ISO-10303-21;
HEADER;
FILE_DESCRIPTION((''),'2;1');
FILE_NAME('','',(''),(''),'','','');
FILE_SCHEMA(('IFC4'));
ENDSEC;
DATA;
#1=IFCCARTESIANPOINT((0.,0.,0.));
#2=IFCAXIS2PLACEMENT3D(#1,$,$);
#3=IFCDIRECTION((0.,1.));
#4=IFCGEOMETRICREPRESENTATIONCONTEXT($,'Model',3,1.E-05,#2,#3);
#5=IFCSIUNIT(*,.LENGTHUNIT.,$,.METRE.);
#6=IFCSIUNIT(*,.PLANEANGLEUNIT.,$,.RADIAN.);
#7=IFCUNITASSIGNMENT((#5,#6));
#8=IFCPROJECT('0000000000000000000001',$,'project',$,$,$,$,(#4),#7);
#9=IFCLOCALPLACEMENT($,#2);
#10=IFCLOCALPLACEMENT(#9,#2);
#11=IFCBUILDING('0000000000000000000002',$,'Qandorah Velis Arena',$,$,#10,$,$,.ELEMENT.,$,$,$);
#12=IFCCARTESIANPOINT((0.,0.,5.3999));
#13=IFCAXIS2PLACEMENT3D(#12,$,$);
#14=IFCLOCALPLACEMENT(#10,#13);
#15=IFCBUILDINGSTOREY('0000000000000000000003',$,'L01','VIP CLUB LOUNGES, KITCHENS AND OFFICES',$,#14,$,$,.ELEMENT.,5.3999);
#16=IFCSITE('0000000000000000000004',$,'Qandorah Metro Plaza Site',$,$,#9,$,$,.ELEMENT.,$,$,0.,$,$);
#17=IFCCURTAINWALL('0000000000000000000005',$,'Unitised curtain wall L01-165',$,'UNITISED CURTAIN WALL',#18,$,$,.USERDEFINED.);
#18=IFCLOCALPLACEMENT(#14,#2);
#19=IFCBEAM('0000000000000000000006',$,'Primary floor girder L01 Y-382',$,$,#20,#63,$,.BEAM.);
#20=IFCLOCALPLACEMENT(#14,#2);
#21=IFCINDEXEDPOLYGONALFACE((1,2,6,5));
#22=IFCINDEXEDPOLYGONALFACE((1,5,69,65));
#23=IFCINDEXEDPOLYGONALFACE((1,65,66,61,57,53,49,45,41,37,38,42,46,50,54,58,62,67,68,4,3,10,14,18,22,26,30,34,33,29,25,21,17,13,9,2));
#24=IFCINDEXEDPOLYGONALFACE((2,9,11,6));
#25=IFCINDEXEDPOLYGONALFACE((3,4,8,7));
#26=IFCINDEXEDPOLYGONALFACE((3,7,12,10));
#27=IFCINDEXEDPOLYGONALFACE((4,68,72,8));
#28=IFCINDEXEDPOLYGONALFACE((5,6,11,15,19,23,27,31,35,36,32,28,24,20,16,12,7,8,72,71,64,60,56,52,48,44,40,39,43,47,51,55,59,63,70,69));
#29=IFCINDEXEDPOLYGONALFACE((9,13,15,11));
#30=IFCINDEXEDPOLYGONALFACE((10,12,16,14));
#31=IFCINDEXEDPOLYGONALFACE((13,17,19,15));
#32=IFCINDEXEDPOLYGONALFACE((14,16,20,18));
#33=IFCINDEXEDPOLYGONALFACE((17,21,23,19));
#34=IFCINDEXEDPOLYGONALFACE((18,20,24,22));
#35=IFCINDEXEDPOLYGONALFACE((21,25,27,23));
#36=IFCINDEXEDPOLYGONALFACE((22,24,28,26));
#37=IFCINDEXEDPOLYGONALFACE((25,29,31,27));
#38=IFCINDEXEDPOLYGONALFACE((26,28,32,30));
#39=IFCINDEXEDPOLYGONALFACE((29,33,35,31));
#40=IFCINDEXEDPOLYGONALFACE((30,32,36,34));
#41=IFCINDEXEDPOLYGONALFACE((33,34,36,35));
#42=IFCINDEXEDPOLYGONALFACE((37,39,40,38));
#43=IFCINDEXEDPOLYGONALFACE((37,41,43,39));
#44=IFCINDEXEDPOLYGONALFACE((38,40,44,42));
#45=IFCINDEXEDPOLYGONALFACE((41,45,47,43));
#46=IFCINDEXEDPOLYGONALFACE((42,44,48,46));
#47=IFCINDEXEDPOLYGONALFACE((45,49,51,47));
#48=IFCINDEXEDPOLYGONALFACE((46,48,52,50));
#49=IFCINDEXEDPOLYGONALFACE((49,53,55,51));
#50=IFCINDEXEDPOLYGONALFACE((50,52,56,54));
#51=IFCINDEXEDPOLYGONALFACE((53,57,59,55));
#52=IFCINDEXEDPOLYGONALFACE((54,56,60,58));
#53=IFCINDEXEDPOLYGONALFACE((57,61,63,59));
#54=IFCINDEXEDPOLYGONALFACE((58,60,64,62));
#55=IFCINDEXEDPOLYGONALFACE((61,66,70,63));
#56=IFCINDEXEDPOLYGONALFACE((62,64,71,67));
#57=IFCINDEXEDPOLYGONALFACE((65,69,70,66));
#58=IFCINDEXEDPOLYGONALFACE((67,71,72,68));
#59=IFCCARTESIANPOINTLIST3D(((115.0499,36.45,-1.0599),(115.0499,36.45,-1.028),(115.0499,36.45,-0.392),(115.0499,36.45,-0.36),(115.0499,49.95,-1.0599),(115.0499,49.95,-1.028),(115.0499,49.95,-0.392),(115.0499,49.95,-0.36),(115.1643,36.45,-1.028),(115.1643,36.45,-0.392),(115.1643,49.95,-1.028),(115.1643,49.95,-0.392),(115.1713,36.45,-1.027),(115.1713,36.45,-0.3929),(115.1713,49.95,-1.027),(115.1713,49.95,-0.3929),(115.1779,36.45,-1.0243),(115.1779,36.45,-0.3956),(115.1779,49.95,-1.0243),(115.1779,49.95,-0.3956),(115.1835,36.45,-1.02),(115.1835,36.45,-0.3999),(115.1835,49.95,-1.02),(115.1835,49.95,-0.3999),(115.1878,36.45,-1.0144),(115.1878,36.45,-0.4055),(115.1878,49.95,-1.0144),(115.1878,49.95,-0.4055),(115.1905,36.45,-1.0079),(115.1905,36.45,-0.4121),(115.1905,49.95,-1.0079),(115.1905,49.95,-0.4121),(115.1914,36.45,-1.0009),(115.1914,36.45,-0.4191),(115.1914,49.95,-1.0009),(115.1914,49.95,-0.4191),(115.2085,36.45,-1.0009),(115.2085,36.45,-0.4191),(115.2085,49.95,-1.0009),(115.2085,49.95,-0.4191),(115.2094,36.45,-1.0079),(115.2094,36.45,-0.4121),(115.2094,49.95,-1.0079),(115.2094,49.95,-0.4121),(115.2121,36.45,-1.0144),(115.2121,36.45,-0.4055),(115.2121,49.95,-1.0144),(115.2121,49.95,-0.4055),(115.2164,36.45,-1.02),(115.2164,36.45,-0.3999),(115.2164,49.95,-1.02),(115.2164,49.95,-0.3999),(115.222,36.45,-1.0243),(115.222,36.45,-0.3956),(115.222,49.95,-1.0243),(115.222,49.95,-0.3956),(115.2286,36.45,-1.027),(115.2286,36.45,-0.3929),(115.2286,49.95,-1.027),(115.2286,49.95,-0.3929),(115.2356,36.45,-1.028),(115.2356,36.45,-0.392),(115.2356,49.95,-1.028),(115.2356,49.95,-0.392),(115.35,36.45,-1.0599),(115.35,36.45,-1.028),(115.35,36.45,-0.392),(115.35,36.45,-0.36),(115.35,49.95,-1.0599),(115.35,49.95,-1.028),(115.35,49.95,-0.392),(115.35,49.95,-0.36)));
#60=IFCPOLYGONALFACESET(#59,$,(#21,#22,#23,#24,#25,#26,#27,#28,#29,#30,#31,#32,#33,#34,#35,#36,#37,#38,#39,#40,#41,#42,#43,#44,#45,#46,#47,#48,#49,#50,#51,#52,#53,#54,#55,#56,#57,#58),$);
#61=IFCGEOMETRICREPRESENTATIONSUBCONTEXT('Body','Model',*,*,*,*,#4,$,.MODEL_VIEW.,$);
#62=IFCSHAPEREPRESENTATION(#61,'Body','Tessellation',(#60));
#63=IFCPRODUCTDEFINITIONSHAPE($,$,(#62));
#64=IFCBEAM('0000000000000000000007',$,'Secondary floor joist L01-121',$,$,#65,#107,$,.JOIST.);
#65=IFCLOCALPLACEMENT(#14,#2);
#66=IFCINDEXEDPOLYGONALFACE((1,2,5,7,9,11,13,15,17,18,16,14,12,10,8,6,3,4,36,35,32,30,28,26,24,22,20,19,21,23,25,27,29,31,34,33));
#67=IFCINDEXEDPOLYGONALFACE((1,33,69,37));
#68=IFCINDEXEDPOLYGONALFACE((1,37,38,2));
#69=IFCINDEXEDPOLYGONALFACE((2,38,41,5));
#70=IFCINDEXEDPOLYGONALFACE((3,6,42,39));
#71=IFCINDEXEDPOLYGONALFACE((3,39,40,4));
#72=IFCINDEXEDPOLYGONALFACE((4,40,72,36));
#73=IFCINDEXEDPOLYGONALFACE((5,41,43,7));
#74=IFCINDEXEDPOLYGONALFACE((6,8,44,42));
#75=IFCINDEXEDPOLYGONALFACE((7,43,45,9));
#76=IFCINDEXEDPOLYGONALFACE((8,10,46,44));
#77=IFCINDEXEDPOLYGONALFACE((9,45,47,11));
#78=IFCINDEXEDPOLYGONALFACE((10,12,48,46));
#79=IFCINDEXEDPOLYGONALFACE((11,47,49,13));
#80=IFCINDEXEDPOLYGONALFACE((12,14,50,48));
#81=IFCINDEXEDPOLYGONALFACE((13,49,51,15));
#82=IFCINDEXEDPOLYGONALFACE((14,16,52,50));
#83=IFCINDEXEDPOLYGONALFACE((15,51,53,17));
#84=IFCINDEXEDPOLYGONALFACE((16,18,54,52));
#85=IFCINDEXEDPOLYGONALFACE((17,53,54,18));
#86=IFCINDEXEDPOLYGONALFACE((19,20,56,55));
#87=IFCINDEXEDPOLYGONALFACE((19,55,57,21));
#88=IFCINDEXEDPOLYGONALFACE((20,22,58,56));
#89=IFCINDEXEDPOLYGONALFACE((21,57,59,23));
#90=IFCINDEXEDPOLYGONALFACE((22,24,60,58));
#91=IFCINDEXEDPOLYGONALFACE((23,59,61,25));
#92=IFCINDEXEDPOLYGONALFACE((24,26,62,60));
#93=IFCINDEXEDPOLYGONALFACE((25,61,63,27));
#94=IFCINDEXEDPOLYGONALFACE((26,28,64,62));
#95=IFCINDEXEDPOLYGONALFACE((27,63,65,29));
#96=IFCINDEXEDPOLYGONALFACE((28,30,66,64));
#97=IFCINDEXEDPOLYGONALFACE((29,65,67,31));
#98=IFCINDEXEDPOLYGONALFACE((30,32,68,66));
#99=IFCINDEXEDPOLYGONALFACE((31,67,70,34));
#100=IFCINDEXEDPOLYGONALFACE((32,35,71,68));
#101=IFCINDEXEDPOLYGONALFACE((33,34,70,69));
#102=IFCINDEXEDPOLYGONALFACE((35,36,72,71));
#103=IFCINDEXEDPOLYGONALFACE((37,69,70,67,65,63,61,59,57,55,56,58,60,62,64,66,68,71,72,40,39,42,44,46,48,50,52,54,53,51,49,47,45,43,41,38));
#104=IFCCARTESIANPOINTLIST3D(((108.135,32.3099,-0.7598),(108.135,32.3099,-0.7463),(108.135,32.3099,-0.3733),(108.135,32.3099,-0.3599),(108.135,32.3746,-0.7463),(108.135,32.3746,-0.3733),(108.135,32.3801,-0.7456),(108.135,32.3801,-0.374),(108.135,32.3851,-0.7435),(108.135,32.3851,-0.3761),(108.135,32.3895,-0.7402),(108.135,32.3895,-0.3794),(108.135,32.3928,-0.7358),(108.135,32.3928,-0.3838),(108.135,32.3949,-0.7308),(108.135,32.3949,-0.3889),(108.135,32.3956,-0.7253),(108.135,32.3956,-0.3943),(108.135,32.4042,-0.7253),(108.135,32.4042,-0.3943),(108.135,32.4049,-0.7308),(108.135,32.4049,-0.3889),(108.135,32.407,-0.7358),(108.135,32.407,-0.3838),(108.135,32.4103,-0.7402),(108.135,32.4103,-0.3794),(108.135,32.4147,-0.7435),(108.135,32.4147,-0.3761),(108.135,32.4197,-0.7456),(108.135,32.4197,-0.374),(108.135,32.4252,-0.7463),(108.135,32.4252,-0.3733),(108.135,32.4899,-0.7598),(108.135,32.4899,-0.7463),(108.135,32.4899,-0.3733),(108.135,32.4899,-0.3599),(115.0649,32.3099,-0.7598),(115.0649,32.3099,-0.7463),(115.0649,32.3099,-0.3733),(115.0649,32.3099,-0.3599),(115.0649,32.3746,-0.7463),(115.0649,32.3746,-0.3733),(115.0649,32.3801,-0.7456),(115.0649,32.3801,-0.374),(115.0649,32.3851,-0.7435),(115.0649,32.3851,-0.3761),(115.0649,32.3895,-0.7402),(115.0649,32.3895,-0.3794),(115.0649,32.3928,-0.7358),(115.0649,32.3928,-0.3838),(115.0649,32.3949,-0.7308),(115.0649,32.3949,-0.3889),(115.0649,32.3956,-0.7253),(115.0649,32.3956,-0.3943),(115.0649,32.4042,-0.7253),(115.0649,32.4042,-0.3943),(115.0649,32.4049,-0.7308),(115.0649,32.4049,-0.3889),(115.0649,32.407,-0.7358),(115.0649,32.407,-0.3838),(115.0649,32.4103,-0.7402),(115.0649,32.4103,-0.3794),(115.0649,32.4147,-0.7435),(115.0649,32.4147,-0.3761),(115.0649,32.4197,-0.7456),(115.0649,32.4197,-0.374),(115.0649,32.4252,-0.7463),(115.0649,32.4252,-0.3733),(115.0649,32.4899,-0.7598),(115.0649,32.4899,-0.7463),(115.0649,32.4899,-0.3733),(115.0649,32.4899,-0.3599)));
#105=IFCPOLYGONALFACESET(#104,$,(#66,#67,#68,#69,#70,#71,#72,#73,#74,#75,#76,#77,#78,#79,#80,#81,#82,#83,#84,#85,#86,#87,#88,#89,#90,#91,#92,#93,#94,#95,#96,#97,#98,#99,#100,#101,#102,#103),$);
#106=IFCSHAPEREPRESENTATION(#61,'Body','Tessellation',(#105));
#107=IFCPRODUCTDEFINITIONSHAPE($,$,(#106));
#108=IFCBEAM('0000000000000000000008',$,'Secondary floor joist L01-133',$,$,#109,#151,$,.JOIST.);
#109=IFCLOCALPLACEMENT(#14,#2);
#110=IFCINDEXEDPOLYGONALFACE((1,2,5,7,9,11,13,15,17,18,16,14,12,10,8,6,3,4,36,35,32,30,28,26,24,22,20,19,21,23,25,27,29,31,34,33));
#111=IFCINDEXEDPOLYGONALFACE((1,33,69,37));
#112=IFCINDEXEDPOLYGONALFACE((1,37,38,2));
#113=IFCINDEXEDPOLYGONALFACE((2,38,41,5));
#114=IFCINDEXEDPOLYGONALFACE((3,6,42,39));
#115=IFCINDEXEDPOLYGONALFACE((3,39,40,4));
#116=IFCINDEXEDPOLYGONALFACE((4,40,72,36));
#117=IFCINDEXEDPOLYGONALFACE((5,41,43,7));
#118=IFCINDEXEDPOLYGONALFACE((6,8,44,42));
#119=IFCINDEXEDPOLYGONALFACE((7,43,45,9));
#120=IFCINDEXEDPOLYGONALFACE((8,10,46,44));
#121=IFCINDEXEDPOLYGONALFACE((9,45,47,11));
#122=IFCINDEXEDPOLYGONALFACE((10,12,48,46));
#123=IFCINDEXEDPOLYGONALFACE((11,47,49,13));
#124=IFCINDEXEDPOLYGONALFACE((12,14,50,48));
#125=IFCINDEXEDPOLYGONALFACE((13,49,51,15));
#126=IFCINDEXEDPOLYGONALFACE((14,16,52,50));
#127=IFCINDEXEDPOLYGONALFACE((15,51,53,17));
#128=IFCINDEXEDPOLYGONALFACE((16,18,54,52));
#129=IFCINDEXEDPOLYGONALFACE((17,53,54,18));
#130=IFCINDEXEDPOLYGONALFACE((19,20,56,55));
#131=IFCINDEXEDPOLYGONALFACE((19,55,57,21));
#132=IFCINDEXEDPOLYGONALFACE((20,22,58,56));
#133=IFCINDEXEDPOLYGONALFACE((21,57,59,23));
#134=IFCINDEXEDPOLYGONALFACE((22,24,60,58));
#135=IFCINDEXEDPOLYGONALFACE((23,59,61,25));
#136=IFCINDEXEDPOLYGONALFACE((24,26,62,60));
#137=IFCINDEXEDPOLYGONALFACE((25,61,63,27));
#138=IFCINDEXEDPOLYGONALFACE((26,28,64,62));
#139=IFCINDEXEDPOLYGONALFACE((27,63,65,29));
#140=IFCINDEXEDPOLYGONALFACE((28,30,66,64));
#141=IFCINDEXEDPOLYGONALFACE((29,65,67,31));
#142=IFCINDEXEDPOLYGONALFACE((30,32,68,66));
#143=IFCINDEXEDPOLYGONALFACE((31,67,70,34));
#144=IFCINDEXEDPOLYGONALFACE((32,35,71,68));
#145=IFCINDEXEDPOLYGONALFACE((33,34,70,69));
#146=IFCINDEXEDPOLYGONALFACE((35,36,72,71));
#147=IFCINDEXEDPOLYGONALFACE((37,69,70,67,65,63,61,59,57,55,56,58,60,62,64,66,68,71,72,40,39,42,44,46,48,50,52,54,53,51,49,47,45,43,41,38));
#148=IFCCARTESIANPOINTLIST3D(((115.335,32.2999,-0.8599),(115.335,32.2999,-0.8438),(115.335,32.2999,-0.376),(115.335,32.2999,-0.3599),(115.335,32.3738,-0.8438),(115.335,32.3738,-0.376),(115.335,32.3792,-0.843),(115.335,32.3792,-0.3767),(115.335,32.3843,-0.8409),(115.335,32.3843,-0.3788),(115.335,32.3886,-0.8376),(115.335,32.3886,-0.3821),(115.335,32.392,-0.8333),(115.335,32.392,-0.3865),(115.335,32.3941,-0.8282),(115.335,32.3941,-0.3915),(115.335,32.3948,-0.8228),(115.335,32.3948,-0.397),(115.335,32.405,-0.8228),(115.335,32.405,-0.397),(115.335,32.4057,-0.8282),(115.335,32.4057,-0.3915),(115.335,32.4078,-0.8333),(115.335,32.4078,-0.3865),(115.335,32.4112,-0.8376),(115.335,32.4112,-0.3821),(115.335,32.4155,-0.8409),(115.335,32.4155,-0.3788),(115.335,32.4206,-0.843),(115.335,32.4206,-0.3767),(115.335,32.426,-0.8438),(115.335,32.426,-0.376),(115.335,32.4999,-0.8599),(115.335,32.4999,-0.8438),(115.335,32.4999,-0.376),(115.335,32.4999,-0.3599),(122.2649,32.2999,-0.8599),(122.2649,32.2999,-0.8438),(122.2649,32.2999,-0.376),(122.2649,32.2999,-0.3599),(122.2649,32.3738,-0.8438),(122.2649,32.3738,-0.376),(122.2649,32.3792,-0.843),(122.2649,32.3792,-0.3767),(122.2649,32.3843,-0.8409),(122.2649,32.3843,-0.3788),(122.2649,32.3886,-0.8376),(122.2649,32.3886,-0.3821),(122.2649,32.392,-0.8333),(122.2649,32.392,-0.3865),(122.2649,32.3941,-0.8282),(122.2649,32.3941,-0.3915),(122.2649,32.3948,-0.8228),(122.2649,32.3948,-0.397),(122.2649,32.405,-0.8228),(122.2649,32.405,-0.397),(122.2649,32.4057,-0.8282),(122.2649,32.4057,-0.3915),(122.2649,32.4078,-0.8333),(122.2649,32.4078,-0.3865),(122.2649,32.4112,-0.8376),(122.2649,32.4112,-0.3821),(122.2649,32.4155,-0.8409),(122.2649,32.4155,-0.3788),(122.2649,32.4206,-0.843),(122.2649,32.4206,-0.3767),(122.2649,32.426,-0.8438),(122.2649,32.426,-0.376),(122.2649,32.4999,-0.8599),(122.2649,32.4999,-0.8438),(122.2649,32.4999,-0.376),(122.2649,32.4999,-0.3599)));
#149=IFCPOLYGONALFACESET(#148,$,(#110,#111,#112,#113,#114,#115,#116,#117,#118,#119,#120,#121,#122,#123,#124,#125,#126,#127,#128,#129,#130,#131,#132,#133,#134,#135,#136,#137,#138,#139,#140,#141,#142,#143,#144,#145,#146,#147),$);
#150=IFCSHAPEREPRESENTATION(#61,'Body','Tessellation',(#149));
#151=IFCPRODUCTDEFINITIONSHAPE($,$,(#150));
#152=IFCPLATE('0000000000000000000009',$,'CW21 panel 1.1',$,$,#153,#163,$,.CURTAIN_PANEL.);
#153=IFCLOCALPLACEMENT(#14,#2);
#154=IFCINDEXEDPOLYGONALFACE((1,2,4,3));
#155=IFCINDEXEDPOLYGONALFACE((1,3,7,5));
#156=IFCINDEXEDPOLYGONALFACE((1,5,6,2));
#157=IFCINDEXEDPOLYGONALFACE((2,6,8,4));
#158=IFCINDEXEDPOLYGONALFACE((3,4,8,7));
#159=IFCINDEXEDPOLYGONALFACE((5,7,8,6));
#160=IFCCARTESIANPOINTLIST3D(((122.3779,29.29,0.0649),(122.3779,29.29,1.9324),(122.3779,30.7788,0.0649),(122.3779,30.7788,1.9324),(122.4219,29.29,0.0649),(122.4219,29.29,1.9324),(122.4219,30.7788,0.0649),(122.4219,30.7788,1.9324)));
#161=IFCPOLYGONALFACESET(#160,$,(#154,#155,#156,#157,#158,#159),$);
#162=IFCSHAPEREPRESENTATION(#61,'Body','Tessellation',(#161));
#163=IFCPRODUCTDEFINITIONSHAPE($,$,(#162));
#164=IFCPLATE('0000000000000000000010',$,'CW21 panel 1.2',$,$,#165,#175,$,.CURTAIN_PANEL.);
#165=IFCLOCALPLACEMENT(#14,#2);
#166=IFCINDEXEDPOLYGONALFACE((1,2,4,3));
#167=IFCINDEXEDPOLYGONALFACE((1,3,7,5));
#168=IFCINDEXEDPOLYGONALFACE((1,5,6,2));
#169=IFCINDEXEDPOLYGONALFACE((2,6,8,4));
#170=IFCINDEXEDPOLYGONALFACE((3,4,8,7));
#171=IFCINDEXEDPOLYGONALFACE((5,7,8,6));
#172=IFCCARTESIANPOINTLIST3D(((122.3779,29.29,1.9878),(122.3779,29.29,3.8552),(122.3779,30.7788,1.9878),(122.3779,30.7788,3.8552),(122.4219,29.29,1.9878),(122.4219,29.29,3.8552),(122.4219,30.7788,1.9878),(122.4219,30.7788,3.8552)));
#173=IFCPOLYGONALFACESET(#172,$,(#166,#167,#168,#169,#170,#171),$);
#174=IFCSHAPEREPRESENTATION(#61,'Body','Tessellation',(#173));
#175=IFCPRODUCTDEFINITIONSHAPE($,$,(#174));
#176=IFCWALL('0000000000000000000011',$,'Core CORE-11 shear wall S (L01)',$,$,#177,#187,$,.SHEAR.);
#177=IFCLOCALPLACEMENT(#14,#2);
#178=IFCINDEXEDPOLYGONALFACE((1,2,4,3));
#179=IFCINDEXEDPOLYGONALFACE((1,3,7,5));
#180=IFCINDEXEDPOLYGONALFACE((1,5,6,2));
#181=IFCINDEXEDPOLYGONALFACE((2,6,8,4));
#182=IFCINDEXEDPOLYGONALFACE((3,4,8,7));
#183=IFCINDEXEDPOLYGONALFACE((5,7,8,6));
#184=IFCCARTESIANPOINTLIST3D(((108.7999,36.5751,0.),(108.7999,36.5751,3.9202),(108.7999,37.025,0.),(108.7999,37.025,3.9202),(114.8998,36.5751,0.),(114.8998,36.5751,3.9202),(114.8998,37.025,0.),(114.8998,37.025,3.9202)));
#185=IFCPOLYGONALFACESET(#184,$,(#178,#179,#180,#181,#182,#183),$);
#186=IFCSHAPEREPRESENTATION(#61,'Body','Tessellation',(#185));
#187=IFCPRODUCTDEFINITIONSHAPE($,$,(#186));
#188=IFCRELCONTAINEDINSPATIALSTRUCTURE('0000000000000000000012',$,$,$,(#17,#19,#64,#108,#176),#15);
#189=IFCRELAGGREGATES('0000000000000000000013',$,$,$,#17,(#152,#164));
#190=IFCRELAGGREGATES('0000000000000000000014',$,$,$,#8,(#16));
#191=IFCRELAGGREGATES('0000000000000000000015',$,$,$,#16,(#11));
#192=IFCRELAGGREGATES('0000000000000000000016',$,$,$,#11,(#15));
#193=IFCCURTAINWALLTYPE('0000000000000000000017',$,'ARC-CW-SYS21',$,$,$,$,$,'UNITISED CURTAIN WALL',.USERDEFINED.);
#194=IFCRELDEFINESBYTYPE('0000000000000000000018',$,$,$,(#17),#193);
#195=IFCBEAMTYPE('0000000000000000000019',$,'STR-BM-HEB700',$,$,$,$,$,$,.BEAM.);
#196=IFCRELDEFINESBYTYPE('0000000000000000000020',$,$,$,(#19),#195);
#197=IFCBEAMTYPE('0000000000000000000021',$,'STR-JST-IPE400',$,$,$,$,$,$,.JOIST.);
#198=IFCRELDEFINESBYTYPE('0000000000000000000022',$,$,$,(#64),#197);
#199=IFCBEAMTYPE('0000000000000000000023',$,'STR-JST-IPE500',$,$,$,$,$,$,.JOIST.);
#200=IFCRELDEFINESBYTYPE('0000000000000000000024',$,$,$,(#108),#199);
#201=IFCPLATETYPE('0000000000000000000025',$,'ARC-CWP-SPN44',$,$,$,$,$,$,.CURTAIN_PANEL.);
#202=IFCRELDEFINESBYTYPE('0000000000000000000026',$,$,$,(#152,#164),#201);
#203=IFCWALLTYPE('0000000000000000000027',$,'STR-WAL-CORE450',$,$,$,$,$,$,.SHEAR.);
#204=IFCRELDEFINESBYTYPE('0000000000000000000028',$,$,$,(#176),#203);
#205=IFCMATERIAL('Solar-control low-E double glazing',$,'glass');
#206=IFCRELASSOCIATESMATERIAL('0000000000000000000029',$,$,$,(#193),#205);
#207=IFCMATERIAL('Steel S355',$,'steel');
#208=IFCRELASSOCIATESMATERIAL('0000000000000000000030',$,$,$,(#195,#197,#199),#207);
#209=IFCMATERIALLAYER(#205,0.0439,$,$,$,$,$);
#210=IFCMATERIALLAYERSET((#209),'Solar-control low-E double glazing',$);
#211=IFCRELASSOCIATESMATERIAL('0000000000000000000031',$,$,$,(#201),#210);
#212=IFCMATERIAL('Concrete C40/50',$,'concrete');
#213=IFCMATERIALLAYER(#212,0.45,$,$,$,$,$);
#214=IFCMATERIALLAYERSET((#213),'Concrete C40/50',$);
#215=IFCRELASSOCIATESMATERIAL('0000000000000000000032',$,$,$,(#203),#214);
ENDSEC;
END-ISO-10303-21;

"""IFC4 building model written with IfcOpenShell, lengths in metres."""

from ifc_helpers import new_model, si_unit, direction, frame, frame_2d, origin, origin_2d, place, context, subcontext, project, spatial, rectangle, i_section, extrude, material, layer, layer_set, material_profile, profile_set, type_object, element, aggregate, save


model = new_model("IFC4")

# Units and contexts
model_context = context("Model", 3, precision=1e-05, world=origin(), true_north=direction((0.0, 1.0)))
body_context = subcontext(model_context, "Body", "Model", "MODEL_VIEW")
ifc_project = project(units=[si_unit("LENGTHUNIT", "METRE"), si_unit("PLANEANGLEUNIT", "RADIAN")], contexts=[model_context])

# Site, building, storey
site_placement = place(None, origin())
site = spatial("IfcSite", under=ifc_project, at=site_placement, Name="Qandorah Metro Plaza Site", CompositionType="ELEMENT", RefElevation=0.0)
building_placement = place(site_placement, origin())
building = spatial("IfcBuilding", under=site, at=building_placement, Name="Qandorah Velis Arena", CompositionType="ELEMENT")
storey_placement = place(building_placement, frame((0.0, 0.0, 5.3999)))
storey = spatial("IfcBuildingStorey", under=building, at=storey_placement, Name="L01", Description="VIP CLUB LOUNGES, KITCHENS AND OFFICES", CompositionType="ELEMENT", Elevation=5.3999)

# Shared definitions
ifc_material_1 = material(Name="Concrete C40/50", Category="concrete")

# Curtain wall
ifc_material_2 = material(Name="Solar-control low-E double glazing", Category="glass")
curtain_wall_type = type_object("IfcCurtainWallType", Name="ARC-CW-SYS21", ElementType="UNITISED CURTAIN WALL", PredefinedType="USERDEFINED", material=ifc_material_2)
curtain_wall_placement = place(storey_placement, origin())
curtain_wall = element("IfcCurtainWall", 1, at=curtain_wall_placement, inside=storey, type_object=curtain_wall_type, Name="Unitised curtain wall L01-165", ObjectType="UNITISED CURTAIN WALL", PredefinedType="USERDEFINED")

# Beams
ifc_material_3 = material(Name="Steel S355", Category="steel")
ifc_material_profile_1 = material_profile(ifc_material_3, i_section(OverallWidth=0.3, OverallDepth=0.7, WebThickness=0.0171, FlangeThickness=0.032, FilletRadius=0.0271, at=origin_2d()), Name="HEB 700")
ifc_profile_set_1 = profile_set([ifc_material_profile_1], Name="Steel S355")
beam_type_1 = type_object("IfcBeamType", Name="STR-BM-HEB700", PredefinedType="BEAM", material=ifc_profile_set_1)
beam_1_placement = place(storey_placement, frame((115.2, 36.45, -0.71), z_axis=(0.0, 1.0, 0.0), x_axis=(-1.0, 0.0, 0.0)))
element("IfcBeam", 2, at=beam_1_placement, inside=storey, type_object=beam_type_1, Name="Primary floor girder L01 Y-382", PredefinedType="BEAM", context=body_context, shape_type="SweptSolid", body=[
    extrude(i_section(OverallWidth=0.3, OverallDepth=0.7, WebThickness=0.0171, FlangeThickness=0.032, FilletRadius=0.0271, at=origin_2d()), origin(), (0.0, 0.0, 1.0), 13.5),
])
ifc_material_profile_2 = material_profile(ifc_material_3, i_section(OverallWidth=0.1799, OverallDepth=0.3999, WebThickness=0.0085, FlangeThickness=0.0134, FilletRadius=0.021, at=origin_2d()), Name="IPE 400")
ifc_profile_set_2 = profile_set([ifc_material_profile_2], Name="Steel S355")
beam_type_2 = type_object("IfcBeamType", Name="STR-JST-IPE400", PredefinedType="JOIST", material=ifc_profile_set_2)
beam_2_placement = place(storey_placement, frame((108.135, 32.3999, -0.5598), z_axis=(1.0, 0.0, 0.0), x_axis=(0.0, 1.0, 0.0)))
element("IfcBeam", 3, at=beam_2_placement, inside=storey, type_object=beam_type_2, Name="Secondary floor joist L01-121", PredefinedType="JOIST", context=body_context, shape_type="SweptSolid", body=[
    extrude(i_section(OverallWidth=0.1799, OverallDepth=0.3999, WebThickness=0.0085, FlangeThickness=0.0134, FilletRadius=0.021, at=origin_2d()), origin(), (0.0, 0.0, 1.0), 6.9299),
])
ifc_material_profile_3 = material_profile(ifc_material_3, i_section(OverallWidth=0.2, OverallDepth=0.5, WebThickness=0.0103, FlangeThickness=0.0161, FilletRadius=0.021, at=origin_2d()), Name="IPE 500")
ifc_profile_set_3 = profile_set([ifc_material_profile_3], Name="Steel S355")
beam_type_3 = type_object("IfcBeamType", Name="STR-JST-IPE500", PredefinedType="JOIST", material=ifc_profile_set_3)
beam_3_placement = place(storey_placement, frame((115.335, 32.3999, -0.6099), z_axis=(1.0, 0.0, 0.0), x_axis=(0.0, 1.0, 0.0)))
element("IfcBeam", 4, at=beam_3_placement, inside=storey, type_object=beam_type_3, Name="Secondary floor joist L01-133", PredefinedType="JOIST", context=body_context, shape_type="SweptSolid", body=[
    extrude(i_section(OverallWidth=0.2, OverallDepth=0.5, WebThickness=0.0103, FlangeThickness=0.0161, FilletRadius=0.021, at=origin_2d()), origin(), (0.0, 0.0, 1.0), 6.9299),
])

# Plates
ifc_layer_1 = layer(ifc_material_2, 0.0439)
ifc_layer_set_1 = layer_set([ifc_layer_1], Name="Solar-control low-E double glazing")
plate_type = type_object("IfcPlateType", Name="ARC-CWP-SPN44", PredefinedType="CURTAIN_PANEL", material=ifc_layer_set_1)
plate_1_placement = place(storey_placement, frame((122.3999, 30.0344, 0.0649), z_axis=(0.0, 0.0, 1.0), x_axis=(0.0, 1.0, 0.0)))
plate_1 = element("IfcPlate", 5, at=plate_1_placement, type_object=plate_type, Name="CW21 panel 1.1", PredefinedType="CURTAIN_PANEL", context=body_context, shape_type="SweptSolid", body=[
    extrude(rectangle(XDim=1.4888, YDim=0.0439, at=origin_2d()), origin(), (0.0, 0.0, 1.0), 1.8674),
])
plate_2_placement = place(storey_placement, frame((122.3999, 30.0344, 1.9878), z_axis=(0.0, 0.0, 1.0), x_axis=(0.0, 1.0, 0.0)))
plate_2 = element("IfcPlate", 6, at=plate_2_placement, type_object=plate_type, Name="CW21 panel 1.2", PredefinedType="CURTAIN_PANEL", context=body_context, shape_type="SweptSolid", body=[
    extrude(rectangle(XDim=1.4888, YDim=0.0439, at=origin_2d()), origin(), (0.0, 0.0, 1.0), 1.8674),
])
aggregate(curtain_wall, [plate_1, plate_2])

# Wall
ifc_layer_2 = layer(ifc_material_1, 0.45)
ifc_layer_set_2 = layer_set([ifc_layer_2], Name="Concrete C40/50")
wall_type = type_object("IfcWallType", Name="STR-WAL-CORE450", PredefinedType="SHEAR", material=ifc_layer_set_2)
wall_1_placement = place(storey_placement, frame((108.8, 36.8, 0.0), z_axis=(0.0, 0.0, 1.0), x_axis=(1.0, 0.0, 0.0)))
element("IfcWall", 7, at=wall_1_placement, inside=storey, type_object=wall_type, Name="Core CORE-11 shear wall S (L01)", PredefinedType="SHEAR", context=body_context, shape_type="SweptSolid", body=[
    extrude(rectangle(XDim=6.0999, YDim=0.45, at=frame_2d((3.0498, 0.0))), origin(), (0.0, 0.0, 1.0), 3.9202),
])

save(model, "model.ifc")
